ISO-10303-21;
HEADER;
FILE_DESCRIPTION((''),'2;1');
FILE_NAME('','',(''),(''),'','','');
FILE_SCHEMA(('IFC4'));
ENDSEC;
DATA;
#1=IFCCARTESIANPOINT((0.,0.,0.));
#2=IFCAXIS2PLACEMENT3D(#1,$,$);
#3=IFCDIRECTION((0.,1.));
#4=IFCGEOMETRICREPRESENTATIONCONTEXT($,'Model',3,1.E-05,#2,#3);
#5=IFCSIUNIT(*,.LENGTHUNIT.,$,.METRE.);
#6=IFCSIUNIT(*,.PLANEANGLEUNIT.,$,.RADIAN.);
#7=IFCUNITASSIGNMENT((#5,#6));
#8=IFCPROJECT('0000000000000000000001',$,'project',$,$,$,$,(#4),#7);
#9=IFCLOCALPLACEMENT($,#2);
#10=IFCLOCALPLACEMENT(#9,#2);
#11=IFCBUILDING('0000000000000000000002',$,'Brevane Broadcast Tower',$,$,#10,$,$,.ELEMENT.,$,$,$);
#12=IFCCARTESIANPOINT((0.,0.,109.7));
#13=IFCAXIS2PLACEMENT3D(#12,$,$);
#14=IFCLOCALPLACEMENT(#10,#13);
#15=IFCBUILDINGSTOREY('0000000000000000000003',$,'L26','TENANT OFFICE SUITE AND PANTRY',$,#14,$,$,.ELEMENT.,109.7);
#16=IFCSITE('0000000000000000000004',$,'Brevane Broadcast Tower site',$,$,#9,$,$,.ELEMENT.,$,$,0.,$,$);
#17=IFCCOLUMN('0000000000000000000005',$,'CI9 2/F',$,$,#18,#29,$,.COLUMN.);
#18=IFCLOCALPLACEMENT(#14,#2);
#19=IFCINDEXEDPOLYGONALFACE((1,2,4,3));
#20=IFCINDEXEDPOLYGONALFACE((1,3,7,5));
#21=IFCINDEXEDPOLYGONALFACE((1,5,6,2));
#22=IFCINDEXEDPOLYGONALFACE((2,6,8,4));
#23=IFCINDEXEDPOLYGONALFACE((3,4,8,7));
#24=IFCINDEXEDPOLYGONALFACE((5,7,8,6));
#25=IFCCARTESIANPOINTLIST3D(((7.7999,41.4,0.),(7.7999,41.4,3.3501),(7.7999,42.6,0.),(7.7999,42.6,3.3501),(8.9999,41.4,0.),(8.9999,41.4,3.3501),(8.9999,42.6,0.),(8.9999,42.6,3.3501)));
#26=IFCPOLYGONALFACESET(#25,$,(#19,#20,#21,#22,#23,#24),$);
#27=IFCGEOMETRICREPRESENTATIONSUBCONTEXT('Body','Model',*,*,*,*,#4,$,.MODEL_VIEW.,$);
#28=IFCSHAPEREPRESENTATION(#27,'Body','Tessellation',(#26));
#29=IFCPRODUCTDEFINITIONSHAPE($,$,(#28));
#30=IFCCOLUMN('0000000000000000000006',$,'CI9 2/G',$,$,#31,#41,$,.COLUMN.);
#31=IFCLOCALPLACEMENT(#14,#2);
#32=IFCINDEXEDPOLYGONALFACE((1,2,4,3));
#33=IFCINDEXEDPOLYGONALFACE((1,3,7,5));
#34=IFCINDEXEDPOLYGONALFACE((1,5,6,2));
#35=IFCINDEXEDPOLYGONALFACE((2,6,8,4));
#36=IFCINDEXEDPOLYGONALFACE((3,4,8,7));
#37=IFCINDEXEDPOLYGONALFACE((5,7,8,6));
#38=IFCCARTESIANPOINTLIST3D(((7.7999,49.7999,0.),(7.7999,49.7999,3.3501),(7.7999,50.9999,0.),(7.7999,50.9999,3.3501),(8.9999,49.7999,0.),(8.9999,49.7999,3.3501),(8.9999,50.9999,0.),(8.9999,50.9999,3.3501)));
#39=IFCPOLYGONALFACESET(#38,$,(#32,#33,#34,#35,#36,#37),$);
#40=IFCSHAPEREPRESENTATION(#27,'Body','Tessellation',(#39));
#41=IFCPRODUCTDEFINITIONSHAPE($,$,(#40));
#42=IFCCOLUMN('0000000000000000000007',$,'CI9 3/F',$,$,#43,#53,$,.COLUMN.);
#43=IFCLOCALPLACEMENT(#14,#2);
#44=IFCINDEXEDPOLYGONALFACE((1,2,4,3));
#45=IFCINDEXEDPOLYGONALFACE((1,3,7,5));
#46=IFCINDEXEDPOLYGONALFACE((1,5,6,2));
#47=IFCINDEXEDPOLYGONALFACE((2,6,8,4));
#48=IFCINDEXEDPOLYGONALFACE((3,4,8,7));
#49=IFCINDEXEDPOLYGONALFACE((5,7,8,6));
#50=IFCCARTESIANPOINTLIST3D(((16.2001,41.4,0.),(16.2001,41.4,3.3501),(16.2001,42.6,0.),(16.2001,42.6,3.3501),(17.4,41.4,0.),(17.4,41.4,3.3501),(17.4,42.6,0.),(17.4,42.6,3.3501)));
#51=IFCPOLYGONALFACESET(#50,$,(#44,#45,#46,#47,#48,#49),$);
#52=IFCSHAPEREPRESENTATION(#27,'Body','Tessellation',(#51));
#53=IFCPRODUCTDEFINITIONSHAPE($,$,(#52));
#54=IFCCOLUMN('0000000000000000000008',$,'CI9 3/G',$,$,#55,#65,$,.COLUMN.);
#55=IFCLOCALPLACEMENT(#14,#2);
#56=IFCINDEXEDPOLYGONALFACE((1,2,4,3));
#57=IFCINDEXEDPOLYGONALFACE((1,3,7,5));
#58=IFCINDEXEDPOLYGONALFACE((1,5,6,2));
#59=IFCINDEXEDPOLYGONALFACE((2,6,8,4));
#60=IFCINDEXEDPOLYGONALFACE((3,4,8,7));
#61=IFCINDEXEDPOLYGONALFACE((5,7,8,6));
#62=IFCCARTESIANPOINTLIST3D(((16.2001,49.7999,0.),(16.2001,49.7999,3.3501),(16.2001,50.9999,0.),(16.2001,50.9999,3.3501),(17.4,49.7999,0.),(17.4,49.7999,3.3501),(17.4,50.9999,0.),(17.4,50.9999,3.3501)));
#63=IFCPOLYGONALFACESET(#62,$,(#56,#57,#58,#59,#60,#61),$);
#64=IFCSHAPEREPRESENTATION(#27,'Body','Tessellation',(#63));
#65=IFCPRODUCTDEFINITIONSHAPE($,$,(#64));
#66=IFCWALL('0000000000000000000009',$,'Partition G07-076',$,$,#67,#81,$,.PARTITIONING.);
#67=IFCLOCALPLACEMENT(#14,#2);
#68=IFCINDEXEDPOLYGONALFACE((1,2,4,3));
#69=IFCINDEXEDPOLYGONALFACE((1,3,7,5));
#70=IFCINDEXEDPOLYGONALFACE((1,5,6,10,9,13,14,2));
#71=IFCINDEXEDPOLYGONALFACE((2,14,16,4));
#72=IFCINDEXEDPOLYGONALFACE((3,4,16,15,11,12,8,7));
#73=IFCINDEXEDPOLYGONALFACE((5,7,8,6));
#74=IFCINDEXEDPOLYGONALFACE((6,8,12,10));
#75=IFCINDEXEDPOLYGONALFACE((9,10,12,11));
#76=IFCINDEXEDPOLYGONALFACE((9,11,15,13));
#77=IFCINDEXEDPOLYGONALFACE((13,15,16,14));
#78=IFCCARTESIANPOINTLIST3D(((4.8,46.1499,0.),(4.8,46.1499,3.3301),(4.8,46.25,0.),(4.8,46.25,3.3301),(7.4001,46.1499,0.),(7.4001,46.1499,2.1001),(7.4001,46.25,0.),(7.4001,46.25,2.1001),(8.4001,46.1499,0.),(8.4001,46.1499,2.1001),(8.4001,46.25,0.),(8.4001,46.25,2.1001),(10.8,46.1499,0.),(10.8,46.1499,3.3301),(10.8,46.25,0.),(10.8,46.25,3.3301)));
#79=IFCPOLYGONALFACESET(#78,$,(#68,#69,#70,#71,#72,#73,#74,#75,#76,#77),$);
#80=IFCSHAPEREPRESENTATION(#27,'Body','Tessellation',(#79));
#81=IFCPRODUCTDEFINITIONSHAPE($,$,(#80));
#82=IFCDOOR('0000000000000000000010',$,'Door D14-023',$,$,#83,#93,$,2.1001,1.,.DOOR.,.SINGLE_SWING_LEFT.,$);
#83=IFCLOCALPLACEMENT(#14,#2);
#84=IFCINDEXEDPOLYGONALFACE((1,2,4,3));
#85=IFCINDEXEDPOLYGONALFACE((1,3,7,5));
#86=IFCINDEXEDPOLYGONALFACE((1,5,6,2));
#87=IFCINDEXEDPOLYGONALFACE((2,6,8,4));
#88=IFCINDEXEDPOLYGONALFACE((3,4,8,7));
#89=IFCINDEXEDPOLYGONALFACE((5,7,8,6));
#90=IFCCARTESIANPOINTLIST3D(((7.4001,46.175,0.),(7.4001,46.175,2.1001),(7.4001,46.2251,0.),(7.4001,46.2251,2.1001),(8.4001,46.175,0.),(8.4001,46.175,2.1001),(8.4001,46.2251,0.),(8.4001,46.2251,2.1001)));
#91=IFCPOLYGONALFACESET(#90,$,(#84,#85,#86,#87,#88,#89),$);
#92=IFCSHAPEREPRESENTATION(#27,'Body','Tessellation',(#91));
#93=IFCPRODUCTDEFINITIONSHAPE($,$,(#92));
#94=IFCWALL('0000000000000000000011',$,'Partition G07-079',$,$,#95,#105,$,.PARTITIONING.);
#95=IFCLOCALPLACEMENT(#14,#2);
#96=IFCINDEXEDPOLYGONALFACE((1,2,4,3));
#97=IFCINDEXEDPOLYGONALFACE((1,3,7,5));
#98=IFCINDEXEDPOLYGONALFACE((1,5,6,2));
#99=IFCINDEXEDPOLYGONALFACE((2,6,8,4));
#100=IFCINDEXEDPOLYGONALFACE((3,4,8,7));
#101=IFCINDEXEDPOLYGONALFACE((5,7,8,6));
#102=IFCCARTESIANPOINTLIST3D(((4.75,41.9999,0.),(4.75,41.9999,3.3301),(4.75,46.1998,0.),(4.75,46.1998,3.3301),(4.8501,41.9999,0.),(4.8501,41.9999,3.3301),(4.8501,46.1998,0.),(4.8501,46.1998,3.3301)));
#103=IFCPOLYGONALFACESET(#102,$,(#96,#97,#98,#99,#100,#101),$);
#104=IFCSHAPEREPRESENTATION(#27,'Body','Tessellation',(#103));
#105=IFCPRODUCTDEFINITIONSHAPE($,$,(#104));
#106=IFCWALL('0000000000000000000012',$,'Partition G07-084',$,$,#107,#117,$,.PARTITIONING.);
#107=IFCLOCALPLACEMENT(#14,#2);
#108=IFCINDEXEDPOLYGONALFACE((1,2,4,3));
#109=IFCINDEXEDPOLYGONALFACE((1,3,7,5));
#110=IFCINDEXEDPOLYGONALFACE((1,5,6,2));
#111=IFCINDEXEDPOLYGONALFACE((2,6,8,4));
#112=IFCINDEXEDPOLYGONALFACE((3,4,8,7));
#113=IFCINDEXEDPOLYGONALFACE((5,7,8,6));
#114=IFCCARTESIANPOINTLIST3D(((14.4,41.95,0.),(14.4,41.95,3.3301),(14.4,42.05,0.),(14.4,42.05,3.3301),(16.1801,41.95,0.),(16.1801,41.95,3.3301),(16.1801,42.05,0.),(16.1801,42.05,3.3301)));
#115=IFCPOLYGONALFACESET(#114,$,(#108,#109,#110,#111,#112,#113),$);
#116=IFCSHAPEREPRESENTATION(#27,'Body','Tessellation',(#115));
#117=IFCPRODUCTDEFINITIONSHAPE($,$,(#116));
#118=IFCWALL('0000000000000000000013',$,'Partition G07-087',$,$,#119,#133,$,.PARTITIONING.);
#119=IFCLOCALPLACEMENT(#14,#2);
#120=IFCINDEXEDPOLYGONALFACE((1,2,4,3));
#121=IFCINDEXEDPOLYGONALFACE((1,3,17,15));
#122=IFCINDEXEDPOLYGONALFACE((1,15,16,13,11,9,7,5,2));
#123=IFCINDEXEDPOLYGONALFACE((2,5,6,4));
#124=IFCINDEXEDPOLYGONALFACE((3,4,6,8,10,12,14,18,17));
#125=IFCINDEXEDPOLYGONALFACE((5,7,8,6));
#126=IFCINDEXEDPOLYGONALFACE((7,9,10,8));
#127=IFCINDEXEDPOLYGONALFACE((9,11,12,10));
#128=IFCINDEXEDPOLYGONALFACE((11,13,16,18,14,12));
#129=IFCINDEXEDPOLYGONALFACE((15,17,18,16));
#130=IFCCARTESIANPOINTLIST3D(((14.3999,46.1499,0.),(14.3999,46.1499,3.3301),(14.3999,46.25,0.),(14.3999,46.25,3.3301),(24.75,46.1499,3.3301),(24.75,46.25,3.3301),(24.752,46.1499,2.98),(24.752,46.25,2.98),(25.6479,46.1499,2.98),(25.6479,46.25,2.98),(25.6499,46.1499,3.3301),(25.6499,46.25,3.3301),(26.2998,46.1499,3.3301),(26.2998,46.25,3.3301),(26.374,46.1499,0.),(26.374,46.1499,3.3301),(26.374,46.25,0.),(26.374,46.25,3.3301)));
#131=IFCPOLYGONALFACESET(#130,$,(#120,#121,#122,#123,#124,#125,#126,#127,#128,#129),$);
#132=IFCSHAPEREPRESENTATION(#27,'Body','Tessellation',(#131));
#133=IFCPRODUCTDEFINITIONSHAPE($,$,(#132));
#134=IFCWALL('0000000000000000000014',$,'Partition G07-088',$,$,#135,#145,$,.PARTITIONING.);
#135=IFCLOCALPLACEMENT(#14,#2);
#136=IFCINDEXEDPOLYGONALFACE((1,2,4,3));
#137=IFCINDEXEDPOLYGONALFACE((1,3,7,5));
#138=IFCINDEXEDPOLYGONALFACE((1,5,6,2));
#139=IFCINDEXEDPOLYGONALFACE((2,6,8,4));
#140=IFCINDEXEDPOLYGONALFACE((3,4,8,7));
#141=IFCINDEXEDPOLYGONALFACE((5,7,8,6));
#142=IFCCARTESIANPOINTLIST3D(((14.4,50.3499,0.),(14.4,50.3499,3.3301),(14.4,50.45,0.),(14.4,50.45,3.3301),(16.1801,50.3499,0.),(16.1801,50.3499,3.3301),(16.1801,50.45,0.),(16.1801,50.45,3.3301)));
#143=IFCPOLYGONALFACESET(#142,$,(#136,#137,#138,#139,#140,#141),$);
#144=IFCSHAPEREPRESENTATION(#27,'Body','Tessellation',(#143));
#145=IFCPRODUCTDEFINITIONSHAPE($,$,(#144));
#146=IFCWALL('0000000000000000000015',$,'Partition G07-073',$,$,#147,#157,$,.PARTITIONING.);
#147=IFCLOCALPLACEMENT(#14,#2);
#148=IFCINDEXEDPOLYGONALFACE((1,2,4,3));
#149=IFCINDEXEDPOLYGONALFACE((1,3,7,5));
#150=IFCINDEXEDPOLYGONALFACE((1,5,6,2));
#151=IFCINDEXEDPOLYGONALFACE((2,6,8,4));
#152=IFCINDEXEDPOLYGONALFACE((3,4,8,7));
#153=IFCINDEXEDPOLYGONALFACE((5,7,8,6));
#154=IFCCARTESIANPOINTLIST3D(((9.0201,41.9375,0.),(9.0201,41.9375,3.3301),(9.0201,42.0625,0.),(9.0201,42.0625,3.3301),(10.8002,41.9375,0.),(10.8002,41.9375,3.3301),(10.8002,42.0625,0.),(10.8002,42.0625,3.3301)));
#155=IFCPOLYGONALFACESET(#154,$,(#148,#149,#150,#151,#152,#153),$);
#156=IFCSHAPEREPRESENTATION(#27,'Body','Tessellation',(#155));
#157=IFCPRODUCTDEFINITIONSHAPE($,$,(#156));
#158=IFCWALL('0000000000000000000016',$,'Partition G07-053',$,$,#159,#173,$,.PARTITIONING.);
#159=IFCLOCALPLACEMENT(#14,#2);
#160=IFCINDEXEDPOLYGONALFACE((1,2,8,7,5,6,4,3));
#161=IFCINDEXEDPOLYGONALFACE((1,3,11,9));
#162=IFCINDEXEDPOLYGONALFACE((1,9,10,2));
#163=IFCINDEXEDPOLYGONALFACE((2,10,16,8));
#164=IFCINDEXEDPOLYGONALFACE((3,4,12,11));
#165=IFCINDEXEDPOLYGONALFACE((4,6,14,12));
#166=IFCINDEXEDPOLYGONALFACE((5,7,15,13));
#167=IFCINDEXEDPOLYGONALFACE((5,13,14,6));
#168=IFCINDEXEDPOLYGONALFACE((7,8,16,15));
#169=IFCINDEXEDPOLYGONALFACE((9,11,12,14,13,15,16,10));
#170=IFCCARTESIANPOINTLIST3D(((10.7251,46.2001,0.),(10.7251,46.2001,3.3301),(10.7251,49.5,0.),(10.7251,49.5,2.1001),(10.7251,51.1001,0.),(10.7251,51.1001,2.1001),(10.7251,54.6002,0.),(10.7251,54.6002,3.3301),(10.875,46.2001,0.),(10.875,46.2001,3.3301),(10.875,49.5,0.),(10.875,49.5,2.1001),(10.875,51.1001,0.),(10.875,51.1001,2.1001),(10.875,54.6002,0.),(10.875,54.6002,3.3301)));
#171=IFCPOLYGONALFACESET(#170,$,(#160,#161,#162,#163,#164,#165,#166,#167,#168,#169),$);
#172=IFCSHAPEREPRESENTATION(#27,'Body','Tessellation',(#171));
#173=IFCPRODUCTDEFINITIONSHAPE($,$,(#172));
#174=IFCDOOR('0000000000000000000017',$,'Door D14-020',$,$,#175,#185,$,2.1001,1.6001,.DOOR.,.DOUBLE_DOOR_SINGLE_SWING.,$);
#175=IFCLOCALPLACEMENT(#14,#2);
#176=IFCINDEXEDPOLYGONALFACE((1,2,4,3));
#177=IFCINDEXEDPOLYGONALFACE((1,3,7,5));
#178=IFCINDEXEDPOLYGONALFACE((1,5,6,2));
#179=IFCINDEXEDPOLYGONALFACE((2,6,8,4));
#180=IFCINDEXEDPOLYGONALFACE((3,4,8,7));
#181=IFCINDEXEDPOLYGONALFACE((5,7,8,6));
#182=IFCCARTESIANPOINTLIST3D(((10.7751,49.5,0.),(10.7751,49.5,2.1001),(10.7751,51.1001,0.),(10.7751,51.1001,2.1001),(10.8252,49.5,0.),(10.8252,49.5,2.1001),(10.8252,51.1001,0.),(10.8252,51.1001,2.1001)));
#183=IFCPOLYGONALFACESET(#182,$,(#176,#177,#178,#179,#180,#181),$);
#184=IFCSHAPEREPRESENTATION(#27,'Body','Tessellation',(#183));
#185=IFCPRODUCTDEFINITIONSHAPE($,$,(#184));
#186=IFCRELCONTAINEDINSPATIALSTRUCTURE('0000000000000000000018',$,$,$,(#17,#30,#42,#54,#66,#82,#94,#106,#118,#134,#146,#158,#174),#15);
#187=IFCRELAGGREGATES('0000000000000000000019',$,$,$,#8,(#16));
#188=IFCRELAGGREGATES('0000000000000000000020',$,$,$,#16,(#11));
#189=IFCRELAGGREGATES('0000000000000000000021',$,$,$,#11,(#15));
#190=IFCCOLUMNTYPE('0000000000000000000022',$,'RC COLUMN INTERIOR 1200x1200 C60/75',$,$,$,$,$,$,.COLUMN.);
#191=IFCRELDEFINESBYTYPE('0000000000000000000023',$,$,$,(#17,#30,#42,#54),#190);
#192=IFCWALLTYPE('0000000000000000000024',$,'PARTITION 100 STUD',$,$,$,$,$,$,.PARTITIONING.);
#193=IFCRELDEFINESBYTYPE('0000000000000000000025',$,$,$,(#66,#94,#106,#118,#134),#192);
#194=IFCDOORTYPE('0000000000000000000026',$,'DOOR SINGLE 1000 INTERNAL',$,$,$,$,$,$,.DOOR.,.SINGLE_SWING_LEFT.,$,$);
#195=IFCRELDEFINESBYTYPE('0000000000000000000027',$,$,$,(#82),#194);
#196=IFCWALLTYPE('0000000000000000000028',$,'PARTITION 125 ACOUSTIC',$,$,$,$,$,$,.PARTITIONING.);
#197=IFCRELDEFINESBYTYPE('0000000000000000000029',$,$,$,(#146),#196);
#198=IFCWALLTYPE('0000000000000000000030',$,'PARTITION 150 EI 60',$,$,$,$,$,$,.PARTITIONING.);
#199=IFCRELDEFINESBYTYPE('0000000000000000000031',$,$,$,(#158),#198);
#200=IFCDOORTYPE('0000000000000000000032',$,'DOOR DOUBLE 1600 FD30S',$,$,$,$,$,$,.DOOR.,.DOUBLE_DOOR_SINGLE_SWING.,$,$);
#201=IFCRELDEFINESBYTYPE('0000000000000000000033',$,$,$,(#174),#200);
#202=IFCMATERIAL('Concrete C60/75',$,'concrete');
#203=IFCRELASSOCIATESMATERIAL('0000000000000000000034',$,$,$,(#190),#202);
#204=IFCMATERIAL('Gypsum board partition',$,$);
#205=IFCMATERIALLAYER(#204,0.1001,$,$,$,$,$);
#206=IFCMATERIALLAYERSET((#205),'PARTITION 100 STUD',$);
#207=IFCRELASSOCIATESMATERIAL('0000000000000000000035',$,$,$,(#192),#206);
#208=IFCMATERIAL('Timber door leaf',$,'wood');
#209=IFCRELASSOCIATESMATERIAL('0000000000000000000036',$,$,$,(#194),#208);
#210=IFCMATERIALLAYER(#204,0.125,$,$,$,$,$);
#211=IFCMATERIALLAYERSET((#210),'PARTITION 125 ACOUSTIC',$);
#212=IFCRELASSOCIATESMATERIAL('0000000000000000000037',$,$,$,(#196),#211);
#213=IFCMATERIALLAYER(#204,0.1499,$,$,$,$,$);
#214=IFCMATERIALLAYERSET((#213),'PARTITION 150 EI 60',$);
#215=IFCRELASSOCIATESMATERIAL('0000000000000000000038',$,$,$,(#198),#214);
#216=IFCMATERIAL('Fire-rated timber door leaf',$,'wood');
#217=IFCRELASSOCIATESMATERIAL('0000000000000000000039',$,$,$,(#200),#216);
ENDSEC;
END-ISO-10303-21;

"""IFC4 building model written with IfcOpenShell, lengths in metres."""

from ifc_helpers import new_model, si_unit, direction, frame, frame_2d, origin, origin_2d, place, context, subcontext, project, spatial, polyline, rectangle, outline, extrude, material, layer, layer_set, material_profile, profile_set, type_object, element, fill, save


model = new_model("IFC4")

# Units and contexts
model_context = context("Model", 3, precision=1e-05, world=origin(), true_north=direction((0.0, 1.0)))
body_context = subcontext(model_context, "Body", "Model", "MODEL_VIEW")
ifc_project = project(units=[si_unit("LENGTHUNIT", "METRE"), si_unit("PLANEANGLEUNIT", "RADIAN")], contexts=[model_context])

# Site, building, storey
site_placement = place(None, origin())
site = spatial("IfcSite", under=ifc_project, at=site_placement, Name="Brevane Broadcast Tower site", CompositionType="ELEMENT", RefElevation=0.0)
building_placement = place(site_placement, origin())
building = spatial("IfcBuilding", under=site, at=building_placement, Name="Brevane Broadcast Tower", CompositionType="ELEMENT")
storey_placement = place(building_placement, frame((0.0, 0.0, 109.7)))
storey = spatial("IfcBuildingStorey", under=building, at=storey_placement, Name="L26", Description="TENANT OFFICE SUITE AND PANTRY", CompositionType="ELEMENT", Elevation=109.7)

# Columns
ifc_material_1 = material(Name="Concrete C60/75", Category="concrete")
ifc_material_profile = material_profile(ifc_material_1, rectangle(XDim=1.2, YDim=1.2, at=origin_2d()), Name="RC 1200x1200")
ifc_profile_set = profile_set([ifc_material_profile], Name="Concrete C60/75")
column_type = type_object("IfcColumnType", Name="RC COLUMN INTERIOR 1200x1200 C60/75", PredefinedType="COLUMN", material=ifc_profile_set)
for number, where, z_axis, x_axis, name in (
    (1, (8.3999, 42.0, 0.0), (0.0, 0.0, 1.0), (1.0, 0.0, 0.0), "CI9 2/F"),
    (2, (8.3999, 50.3999, 0.0), (0.0, 0.0, 1.0), (1.0, 0.0, 0.0), "CI9 2/G"),
    (3, (16.8, 42.0, 0.0), (0.0, 0.0, 1.0), (1.0, 0.0, 0.0), "CI9 3/F"),
    (4, (16.8, 50.3999, 0.0), (0.0, 0.0, 1.0), (1.0, 0.0, 0.0), "CI9 3/G"),
):
    element("IfcColumn", number, at=place(storey_placement, frame(where, z_axis=z_axis, x_axis=x_axis)), inside=storey, type_object=column_type, Name=name, PredefinedType="COLUMN", context=body_context, shape_type="SweptSolid", body=[
        extrude(rectangle(XDim=1.2, YDim=1.2, at=origin_2d()), origin(), (0.0, 0.0, 1.0), 3.3501),
    ])

# Wall, opening, door
ifc_material_2 = material(Name="Gypsum board partition")
ifc_layer_1 = layer(ifc_material_2, 0.1001)
ifc_layer_set_1 = layer_set([ifc_layer_1], Name="PARTITION 100 STUD")
wall_type_1 = type_object("IfcWallType", Name="PARTITION 100 STUD", PredefinedType="PARTITIONING", material=ifc_layer_set_1)
wall_1_placement = place(storey_placement, frame((10.8, 46.2, 0.0), z_axis=(0.0, 0.0, 1.0), x_axis=(-1.0, 0.0, 0.0)))
wall_1 = element("IfcWall", 5, at=wall_1_placement, inside=storey, type_object=wall_type_1, Name="Partition G07-076", PredefinedType="PARTITIONING", context=body_context, shape_type="SweptSolid", body=[
    extrude(rectangle(XDim=6.0, YDim=0.1001, at=frame_2d((3.0, 0.0))), origin(), (0.0, 0.0, 1.0), 3.3301),
])
opening_1_placement = place(wall_1_placement, frame((2.3999, 0.0, 0.0)))
opening_1 = element("IfcOpeningElement", 6, at=opening_1_placement, cuts=wall_1, PredefinedType="OPENING", context=body_context, shape_type="SweptSolid", body=[
    extrude(rectangle(XDim=1.0, YDim=2.1001, at=frame_2d((0.5, 1.05))), frame((0.0, 0.0601, 0.0), z_axis=(0.0, -1.0, 0.0), x_axis=(1.0, 0.0, 0.0)), (0.0, 0.0, 1.0), 0.1201),
])
ifc_material_3 = material(Name="Timber door leaf", Category="wood")
door_type_1 = type_object("IfcDoorType", Name="DOOR SINGLE 1000 INTERNAL", OperationType="SINGLE_SWING_LEFT", PredefinedType="DOOR", material=ifc_material_3)
door_1_placement = place(opening_1_placement, origin())
door_1 = element("IfcDoor", 7, at=door_1_placement, inside=storey, type_object=door_type_1, Name="Door D14-023", OperationType="SINGLE_SWING_LEFT", OverallHeight=2.1001, OverallWidth=1.0, PredefinedType="DOOR", context=body_context, shape_type="SweptSolid", body=[
    extrude(rectangle(XDim=1.0, YDim=2.1001, at=frame_2d((0.5, 1.05))), frame((0.0, 0.0249, 0.0), z_axis=(0.0, -1.0, 0.0), x_axis=(1.0, 0.0, 0.0)), (0.0, 0.0, 1.0), 0.05),
])
fill(opening_1, door_1)

# Walls
wall_2_placement = place(storey_placement, frame((4.8, 46.2, 0.0), z_axis=(0.0, 0.0, 1.0), x_axis=(0.0, -1.0, 0.0)))
element("IfcWall", 8, at=wall_2_placement, inside=storey, type_object=wall_type_1, Name="Partition G07-079", PredefinedType="PARTITIONING", context=body_context, shape_type="SweptSolid", body=[
    extrude(rectangle(XDim=4.2, YDim=0.1001, at=frame_2d((2.1001, 0.0))), origin(), (0.0, 0.0, 1.0), 3.3301),
])
wall_3_placement = place(storey_placement, frame((14.3999, 42.0, 0.0), z_axis=(0.0, 0.0, 1.0), x_axis=(1.0, 0.0, 0.0)))
element("IfcWall", 9, at=wall_3_placement, inside=storey, type_object=wall_type_1, Name="Partition G07-084", PredefinedType="PARTITIONING", context=body_context, shape_type="SweptSolid", body=[
    extrude(rectangle(XDim=1.78, YDim=0.1001, at=frame_2d((0.8901, 0.0))), origin(), (0.0, 0.0, 1.0), 3.3301),
])
wall_4_placement = place(storey_placement, frame((14.3999, 46.2, 0.0), z_axis=(0.0, 0.0, 1.0), x_axis=(1.0, 0.0, 0.0)))
element("IfcWall", 10, at=wall_4_placement, inside=storey, type_object=wall_type_1, Name="Partition G07-087", PredefinedType="PARTITIONING", context=body_context, shape_type="SweptSolid", body=[
    extrude(outline(polyline([(0.0, 0.0), (11.9741, 0.0), (11.9741, 3.3301), (11.8999, 3.3301), (11.25, 3.3301), (11.248, 2.98), (10.3521, 2.98), (10.3501, 3.3301), (0.0, 3.3301), (0.0, 0.0)])), frame((0.0, 0.05, 0.0), z_axis=(0.0, -1.0, 0.0), x_axis=(1.0, 0.0, 0.0)), (0.0, 0.0, 1.0), 0.1001),
])
wall_5_placement = place(storey_placement, frame((14.3999, 50.3999, 0.0), z_axis=(0.0, 0.0, 1.0), x_axis=(1.0, 0.0, 0.0)))
element("IfcWall", 11, at=wall_5_placement, inside=storey, type_object=wall_type_1, Name="Partition G07-088", PredefinedType="PARTITIONING", context=body_context, shape_type="SweptSolid", body=[
    extrude(rectangle(XDim=1.78, YDim=0.1001, at=frame_2d((0.8901, 0.0))), origin(), (0.0, 0.0, 1.0), 3.3301),
])
ifc_layer_2 = layer(ifc_material_2, 0.125)
ifc_layer_set_2 = layer_set([ifc_layer_2], Name="PARTITION 125 ACOUSTIC")
wall_type_2 = type_object("IfcWallType", Name="PARTITION 125 ACOUSTIC", PredefinedType="PARTITIONING", material=ifc_layer_set_2)
wall_6_placement = place(storey_placement, frame((9.02, 42.0, 0.0), z_axis=(0.0, 0.0, 1.0), x_axis=(1.0, 0.0, 0.0)))
element("IfcWall", 12, at=wall_6_placement, inside=storey, type_object=wall_type_2, Name="Partition G07-073", PredefinedType="PARTITIONING", context=body_context, shape_type="SweptSolid", body=[
    extrude(rectangle(XDim=1.78, YDim=0.125, at=frame_2d((0.8901, 0.0))), origin(), (0.0, 0.0, 1.0), 3.3301),
])

# Wall, opening, door
ifc_layer_3 = layer(ifc_material_2, 0.1499)
ifc_layer_set_3 = layer_set([ifc_layer_3], Name="PARTITION 150 EI 60")
wall_type_3 = type_object("IfcWallType", Name="PARTITION 150 EI 60", PredefinedType="PARTITIONING", material=ifc_layer_set_3)
wall_7_placement = place(storey_placement, frame((10.8, 46.2, 0.0), z_axis=(0.0, 0.0, 1.0), x_axis=(0.0, 1.0, 0.0)))
wall_7 = element("IfcWall", 13, at=wall_7_placement, inside=storey, type_object=wall_type_3, Name="Partition G07-053", PredefinedType="PARTITIONING", context=body_context, shape_type="SweptSolid", body=[
    extrude(rectangle(XDim=8.4001, YDim=0.1499, at=frame_2d((4.2002, 0.0))), origin(), (0.0, 0.0, 1.0), 3.3301),
])
opening_2_placement = place(wall_7_placement, frame((3.3, 0.0, 0.0)))
opening_2 = element("IfcOpeningElement", 14, at=opening_2_placement, cuts=wall_7, PredefinedType="OPENING", context=body_context, shape_type="SweptSolid", body=[
    extrude(rectangle(XDim=1.6001, YDim=2.1001, at=frame_2d((0.8, 1.05))), frame((0.0, 0.085, 0.0), z_axis=(0.0, -1.0, 0.0), x_axis=(1.0, 0.0, 0.0)), (0.0, 0.0, 1.0), 0.1699),
])
ifc_material_4 = material(Name="Fire-rated timber door leaf", Category="wood")
door_type_2 = type_object("IfcDoorType", Name="DOOR DOUBLE 1600 FD30S", OperationType="DOUBLE_DOOR_SINGLE_SWING", PredefinedType="DOOR", material=ifc_material_4)
door_2_placement = place(opening_2_placement, origin())
door_2 = element("IfcDoor", 15, at=door_2_placement, inside=storey, type_object=door_type_2, Name="Door D14-020", OperationType="DOUBLE_DOOR_SINGLE_SWING", OverallHeight=2.1001, OverallWidth=1.6001, PredefinedType="DOOR", context=body_context, shape_type="SweptSolid", body=[
    extrude(rectangle(XDim=1.6001, YDim=2.1001, at=frame_2d((0.8, 1.05))), frame((0.0, 0.0249, 0.0), z_axis=(0.0, -1.0, 0.0), x_axis=(1.0, 0.0, 0.0)), (0.0, 0.0, 1.0), 0.05),
])
fill(opening_2, door_2)

save(model, "model.ifc")
